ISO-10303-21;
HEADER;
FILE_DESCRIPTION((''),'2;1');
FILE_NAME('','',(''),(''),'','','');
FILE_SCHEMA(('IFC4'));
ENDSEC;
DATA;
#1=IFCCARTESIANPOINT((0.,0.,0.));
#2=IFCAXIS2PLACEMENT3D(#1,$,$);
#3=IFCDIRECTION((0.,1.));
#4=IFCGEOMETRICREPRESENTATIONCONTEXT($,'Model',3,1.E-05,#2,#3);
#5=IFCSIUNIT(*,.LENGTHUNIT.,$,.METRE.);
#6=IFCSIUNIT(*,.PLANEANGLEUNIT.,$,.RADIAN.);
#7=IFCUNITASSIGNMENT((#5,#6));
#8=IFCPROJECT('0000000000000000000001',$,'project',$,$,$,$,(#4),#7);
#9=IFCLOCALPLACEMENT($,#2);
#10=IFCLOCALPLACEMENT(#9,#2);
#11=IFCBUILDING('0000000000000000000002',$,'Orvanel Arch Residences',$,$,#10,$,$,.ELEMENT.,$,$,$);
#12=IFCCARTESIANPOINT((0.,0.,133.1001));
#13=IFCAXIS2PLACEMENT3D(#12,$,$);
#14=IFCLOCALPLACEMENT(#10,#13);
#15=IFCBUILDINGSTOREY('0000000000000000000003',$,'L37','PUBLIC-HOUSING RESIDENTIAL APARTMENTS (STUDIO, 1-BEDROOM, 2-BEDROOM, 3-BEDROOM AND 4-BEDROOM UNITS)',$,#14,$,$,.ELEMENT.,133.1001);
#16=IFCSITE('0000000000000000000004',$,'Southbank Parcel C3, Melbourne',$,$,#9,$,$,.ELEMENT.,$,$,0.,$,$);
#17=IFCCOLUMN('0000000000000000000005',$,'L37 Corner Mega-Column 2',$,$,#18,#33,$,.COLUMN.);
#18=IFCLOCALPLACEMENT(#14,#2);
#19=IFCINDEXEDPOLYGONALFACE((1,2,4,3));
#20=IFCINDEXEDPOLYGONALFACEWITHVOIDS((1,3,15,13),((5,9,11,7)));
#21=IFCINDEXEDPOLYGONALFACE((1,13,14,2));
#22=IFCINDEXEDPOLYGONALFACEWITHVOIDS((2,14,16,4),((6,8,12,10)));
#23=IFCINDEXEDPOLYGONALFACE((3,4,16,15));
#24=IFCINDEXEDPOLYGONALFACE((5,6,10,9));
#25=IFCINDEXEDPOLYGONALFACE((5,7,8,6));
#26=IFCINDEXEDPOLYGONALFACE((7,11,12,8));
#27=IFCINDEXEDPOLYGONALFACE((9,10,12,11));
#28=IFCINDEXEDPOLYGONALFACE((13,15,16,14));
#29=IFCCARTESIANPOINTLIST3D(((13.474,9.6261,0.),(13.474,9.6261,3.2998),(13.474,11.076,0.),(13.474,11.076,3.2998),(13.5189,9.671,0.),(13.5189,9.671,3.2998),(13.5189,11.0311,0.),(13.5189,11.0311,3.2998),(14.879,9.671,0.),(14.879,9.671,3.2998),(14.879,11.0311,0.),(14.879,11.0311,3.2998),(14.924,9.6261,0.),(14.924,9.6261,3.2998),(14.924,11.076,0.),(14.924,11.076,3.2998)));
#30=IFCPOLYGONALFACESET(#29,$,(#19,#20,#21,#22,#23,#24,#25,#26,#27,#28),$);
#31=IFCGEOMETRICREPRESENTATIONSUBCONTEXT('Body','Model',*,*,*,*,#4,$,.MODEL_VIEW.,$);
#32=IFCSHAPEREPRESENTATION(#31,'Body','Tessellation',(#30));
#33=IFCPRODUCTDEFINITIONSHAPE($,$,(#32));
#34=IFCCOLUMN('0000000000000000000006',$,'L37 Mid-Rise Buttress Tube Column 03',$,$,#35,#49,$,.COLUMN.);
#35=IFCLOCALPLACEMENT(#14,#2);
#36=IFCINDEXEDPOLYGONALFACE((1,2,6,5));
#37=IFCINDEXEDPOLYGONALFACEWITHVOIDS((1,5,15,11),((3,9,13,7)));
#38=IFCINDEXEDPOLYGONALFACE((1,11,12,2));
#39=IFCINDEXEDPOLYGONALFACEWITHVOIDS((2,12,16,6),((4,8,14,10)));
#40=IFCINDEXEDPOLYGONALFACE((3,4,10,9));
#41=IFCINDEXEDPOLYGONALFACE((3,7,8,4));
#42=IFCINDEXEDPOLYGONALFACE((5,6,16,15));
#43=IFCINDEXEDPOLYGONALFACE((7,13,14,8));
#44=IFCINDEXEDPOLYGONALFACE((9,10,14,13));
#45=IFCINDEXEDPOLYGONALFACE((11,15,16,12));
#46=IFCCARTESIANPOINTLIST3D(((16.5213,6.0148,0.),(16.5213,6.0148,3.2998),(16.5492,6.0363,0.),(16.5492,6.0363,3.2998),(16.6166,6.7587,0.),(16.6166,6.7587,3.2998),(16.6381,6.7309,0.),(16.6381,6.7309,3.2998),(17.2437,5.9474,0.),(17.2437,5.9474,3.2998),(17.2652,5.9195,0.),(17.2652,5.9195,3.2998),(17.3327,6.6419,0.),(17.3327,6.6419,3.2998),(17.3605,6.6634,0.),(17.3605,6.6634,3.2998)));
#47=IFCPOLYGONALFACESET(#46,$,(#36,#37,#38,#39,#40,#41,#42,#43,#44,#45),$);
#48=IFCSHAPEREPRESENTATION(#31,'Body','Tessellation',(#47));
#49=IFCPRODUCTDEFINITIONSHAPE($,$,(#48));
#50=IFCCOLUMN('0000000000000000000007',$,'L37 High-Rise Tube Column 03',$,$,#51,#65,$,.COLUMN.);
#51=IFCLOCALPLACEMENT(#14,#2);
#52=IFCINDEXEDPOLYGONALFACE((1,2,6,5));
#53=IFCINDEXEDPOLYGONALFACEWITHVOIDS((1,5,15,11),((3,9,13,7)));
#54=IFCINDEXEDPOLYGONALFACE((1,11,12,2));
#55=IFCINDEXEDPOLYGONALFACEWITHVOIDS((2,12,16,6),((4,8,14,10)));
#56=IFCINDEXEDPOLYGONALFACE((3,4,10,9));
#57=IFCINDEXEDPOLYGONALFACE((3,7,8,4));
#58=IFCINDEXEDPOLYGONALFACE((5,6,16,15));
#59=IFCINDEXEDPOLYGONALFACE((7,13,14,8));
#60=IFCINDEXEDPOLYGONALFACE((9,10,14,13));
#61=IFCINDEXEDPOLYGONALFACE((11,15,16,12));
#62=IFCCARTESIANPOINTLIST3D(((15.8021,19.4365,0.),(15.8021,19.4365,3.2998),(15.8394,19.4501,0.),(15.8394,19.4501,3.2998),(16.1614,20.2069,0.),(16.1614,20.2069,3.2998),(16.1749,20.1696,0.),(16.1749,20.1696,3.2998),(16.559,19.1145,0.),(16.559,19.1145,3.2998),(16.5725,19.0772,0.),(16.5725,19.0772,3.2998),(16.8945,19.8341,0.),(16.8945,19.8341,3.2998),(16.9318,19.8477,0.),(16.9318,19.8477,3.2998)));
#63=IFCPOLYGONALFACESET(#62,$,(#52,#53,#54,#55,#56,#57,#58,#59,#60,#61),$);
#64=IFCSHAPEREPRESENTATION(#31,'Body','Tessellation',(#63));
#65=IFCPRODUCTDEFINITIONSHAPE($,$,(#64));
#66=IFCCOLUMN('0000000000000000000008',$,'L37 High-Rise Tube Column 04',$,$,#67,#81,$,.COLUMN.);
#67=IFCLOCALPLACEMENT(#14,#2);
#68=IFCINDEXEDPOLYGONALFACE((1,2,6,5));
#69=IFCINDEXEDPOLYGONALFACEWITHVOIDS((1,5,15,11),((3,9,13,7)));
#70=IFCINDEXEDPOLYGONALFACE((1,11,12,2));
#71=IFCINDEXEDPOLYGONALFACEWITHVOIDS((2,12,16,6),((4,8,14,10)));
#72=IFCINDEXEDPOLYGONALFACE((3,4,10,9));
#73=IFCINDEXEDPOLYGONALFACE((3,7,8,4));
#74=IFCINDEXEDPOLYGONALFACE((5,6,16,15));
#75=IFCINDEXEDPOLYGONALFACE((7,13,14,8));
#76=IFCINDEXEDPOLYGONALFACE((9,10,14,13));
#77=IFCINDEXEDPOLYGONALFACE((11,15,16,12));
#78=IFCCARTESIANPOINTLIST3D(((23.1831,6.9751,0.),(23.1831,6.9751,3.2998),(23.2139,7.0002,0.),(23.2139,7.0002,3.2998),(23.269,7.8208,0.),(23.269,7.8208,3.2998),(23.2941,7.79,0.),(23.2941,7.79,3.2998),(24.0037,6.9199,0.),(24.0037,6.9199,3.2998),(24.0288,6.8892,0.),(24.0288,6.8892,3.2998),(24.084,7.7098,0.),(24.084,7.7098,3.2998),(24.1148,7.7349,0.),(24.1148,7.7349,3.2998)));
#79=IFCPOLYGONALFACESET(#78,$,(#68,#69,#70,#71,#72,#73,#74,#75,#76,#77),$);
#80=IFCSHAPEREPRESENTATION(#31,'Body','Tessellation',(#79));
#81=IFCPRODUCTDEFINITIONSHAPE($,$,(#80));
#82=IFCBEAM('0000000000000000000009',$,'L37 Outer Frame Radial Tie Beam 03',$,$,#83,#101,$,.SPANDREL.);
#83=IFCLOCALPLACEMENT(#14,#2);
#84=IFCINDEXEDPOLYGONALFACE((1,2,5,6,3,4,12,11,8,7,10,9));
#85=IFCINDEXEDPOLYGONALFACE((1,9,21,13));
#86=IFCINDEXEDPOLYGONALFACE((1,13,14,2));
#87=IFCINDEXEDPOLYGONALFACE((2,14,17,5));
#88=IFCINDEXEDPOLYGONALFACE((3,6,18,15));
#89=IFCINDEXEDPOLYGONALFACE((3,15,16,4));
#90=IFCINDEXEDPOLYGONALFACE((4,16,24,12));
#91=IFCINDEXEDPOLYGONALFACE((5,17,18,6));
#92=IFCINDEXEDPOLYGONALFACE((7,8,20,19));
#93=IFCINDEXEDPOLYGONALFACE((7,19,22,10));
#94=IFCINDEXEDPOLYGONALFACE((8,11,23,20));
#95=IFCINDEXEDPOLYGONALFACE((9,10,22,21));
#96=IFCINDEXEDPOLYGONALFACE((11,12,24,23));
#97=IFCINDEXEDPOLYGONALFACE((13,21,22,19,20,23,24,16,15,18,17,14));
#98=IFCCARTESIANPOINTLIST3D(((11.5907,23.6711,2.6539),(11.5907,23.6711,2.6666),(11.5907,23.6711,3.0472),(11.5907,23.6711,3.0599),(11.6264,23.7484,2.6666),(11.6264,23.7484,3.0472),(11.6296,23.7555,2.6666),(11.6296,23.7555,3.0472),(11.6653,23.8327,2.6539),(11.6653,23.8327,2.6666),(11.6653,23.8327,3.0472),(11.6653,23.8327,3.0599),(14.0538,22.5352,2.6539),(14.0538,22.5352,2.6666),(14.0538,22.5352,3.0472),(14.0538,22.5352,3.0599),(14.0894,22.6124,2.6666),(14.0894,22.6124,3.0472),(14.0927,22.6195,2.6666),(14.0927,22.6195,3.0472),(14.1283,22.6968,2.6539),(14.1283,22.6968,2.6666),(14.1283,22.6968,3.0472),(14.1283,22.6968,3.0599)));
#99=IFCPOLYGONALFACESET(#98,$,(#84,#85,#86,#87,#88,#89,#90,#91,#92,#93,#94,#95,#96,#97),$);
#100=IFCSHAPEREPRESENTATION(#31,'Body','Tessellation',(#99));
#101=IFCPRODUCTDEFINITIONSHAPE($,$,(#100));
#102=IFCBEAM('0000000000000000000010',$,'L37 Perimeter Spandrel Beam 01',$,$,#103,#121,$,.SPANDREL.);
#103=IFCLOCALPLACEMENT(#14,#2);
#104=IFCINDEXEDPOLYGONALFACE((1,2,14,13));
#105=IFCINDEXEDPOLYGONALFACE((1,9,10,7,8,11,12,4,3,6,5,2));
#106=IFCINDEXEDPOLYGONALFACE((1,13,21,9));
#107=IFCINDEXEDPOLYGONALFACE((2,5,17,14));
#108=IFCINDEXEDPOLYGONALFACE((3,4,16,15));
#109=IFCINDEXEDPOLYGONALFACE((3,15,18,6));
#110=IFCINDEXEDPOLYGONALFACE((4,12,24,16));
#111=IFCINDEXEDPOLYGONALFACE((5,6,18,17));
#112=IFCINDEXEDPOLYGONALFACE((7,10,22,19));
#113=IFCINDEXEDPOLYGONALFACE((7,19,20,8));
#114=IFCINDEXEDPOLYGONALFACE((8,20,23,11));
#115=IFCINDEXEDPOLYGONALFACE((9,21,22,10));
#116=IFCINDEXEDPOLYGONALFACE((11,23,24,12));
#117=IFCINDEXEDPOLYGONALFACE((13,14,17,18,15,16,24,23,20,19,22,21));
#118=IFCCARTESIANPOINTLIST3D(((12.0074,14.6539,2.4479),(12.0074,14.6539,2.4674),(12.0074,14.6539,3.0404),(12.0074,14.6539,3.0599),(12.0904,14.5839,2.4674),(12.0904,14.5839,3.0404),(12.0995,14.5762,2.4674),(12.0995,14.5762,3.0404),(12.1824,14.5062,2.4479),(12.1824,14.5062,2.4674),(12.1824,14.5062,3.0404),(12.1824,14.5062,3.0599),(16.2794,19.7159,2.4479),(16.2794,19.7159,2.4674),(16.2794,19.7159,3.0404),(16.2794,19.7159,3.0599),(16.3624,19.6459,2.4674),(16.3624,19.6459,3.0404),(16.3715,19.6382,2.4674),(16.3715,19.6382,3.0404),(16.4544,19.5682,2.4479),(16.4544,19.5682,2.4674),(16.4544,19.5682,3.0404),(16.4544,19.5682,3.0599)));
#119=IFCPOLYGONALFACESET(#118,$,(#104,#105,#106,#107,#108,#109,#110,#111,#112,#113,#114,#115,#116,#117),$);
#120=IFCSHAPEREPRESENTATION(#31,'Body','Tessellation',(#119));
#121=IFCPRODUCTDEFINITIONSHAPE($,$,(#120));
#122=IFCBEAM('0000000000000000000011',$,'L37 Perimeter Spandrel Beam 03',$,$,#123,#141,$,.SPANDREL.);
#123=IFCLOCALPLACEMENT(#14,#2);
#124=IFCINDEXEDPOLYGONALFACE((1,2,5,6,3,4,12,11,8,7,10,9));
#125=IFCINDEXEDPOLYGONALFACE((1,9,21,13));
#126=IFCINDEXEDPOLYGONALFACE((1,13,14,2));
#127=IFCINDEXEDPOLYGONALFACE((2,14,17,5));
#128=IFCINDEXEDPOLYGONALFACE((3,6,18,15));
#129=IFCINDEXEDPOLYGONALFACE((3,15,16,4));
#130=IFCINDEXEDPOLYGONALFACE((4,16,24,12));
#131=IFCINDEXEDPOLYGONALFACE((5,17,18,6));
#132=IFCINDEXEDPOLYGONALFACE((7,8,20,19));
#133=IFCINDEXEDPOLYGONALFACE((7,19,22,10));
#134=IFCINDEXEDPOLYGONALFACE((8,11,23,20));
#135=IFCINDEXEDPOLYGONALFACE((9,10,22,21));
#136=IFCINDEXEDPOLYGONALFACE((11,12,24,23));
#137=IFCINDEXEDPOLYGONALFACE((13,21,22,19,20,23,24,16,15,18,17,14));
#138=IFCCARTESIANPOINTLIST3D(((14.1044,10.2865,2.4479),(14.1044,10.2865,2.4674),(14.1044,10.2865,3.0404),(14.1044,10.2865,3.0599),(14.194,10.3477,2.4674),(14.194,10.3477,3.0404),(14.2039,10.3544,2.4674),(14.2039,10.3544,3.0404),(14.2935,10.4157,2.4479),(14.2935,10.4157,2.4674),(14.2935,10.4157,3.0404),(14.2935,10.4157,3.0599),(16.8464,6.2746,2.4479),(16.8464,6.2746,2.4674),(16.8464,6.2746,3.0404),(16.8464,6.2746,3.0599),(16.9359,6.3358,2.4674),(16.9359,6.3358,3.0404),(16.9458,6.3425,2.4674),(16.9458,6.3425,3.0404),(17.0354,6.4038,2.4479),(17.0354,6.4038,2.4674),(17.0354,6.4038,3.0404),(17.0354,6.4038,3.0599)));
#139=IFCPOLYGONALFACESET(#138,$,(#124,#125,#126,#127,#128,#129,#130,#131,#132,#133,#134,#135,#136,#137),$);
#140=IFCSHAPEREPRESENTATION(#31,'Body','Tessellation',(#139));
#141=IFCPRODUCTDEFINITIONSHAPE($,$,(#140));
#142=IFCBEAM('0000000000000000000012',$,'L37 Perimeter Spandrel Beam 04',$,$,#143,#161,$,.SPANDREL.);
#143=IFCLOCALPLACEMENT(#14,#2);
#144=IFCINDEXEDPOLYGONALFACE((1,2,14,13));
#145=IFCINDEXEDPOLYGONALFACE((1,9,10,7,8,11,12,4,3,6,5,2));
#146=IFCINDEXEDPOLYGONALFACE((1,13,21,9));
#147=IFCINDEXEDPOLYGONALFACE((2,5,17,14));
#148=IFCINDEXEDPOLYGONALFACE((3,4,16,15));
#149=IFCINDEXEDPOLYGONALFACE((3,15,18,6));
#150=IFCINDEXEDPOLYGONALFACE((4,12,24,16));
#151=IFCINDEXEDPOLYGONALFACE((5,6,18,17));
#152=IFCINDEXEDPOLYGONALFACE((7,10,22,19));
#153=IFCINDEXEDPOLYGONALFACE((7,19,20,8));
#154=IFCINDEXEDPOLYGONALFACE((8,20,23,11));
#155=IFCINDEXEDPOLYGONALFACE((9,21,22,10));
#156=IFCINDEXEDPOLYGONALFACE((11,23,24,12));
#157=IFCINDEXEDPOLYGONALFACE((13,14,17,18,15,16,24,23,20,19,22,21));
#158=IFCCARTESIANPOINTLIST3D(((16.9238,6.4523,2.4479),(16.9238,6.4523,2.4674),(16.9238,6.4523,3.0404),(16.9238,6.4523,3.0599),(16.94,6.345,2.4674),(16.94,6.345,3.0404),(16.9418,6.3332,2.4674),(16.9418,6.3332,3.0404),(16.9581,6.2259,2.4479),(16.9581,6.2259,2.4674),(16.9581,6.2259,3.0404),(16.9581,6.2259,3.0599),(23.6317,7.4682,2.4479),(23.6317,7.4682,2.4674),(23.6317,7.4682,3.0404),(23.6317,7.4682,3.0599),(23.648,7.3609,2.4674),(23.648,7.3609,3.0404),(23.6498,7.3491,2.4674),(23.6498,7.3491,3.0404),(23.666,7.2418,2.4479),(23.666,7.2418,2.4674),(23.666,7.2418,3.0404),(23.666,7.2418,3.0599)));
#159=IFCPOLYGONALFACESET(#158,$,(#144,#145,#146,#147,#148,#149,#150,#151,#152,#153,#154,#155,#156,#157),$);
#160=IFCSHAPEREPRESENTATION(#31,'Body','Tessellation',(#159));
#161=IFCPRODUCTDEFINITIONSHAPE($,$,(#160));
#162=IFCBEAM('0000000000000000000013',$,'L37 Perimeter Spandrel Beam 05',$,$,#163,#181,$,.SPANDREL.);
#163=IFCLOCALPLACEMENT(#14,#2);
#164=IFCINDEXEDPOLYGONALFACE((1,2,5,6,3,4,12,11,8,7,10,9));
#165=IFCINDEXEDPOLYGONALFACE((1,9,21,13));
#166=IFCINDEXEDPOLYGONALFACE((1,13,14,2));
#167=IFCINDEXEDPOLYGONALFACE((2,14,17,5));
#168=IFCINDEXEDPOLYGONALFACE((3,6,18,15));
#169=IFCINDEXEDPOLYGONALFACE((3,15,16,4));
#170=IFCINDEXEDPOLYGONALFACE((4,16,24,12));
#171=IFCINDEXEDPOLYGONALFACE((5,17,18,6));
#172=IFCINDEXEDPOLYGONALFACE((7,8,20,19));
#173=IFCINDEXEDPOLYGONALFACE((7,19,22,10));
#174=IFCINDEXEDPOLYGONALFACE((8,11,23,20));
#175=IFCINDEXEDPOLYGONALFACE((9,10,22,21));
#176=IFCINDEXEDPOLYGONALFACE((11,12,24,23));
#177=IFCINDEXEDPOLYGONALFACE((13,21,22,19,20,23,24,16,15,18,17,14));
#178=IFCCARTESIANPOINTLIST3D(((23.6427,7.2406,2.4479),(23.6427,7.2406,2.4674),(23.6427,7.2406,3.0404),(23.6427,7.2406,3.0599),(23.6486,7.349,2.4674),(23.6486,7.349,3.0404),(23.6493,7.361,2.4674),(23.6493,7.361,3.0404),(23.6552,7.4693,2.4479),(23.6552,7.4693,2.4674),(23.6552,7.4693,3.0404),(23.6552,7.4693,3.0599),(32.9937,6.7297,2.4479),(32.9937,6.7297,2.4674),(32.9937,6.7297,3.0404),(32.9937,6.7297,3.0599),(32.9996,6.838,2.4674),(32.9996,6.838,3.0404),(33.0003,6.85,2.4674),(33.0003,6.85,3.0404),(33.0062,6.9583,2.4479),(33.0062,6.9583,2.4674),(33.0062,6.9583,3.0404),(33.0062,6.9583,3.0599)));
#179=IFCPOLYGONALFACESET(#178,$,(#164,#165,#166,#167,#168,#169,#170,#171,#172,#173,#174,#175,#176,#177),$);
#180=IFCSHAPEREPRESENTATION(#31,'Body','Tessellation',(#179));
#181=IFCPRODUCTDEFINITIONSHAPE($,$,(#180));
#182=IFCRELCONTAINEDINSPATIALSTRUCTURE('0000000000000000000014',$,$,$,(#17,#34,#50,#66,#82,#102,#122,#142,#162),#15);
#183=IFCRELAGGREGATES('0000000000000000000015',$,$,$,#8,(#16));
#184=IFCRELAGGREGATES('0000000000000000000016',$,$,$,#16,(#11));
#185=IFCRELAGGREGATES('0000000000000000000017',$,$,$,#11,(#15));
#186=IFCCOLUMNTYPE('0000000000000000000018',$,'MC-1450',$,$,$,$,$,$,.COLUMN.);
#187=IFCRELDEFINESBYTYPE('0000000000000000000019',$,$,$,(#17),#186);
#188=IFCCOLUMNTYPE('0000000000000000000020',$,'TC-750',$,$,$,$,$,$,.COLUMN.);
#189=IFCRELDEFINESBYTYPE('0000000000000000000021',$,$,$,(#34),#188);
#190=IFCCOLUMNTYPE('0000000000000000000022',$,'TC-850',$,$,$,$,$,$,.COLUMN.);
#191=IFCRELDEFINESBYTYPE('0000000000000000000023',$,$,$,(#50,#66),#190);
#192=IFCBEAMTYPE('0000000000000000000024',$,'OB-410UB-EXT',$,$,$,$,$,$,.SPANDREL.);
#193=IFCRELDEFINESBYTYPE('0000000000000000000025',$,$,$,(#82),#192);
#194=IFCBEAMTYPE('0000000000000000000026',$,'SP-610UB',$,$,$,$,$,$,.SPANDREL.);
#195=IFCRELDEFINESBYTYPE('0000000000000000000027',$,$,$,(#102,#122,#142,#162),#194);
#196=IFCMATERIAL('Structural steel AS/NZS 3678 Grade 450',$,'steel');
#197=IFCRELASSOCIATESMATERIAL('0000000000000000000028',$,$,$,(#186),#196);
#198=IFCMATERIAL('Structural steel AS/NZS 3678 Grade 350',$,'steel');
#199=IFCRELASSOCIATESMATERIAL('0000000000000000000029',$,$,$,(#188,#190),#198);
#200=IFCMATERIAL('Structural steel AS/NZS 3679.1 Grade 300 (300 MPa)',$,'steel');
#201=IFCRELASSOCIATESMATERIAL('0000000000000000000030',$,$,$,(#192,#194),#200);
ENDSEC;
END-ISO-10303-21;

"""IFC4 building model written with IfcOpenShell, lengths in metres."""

from ifc_helpers import new_model, si_unit, direction, frame, origin, origin_2d, place, context, subcontext, project, spatial, hollow_rectangle, i_section, extrude, material, material_profile, profile_set, type_object, element, save


model = new_model("IFC4")

# Units and contexts
model_context = context("Model", 3, precision=1e-05, world=origin(), true_north=direction((0.0, 1.0)))
body_context = subcontext(model_context, "Body", "Model", "MODEL_VIEW")
ifc_project = project(units=[si_unit("LENGTHUNIT", "METRE"), si_unit("PLANEANGLEUNIT", "RADIAN")], contexts=[model_context])

# Site, building, storey
site_placement = place(None, origin())
site = spatial("IfcSite", under=ifc_project, at=site_placement, Name="Southbank Parcel C3, Melbourne", CompositionType="ELEMENT", RefElevation=0.0)
building_placement = place(site_placement, origin())
building = spatial("IfcBuilding", under=site, at=building_placement, Name="Orvanel Arch Residences", CompositionType="ELEMENT")
storey_placement = place(building_placement, frame((0.0, 0.0, 133.1001)))
storey = spatial("IfcBuildingStorey", under=building, at=storey_placement, Name="L37", Description="PUBLIC-HOUSING RESIDENTIAL APARTMENTS (STUDIO, 1-BEDROOM, 2-BEDROOM, 3-BEDROOM AND 4-BEDROOM UNITS)", CompositionType="ELEMENT", Elevation=133.1001)

# Columns
ifc_material_1 = material(Name="Structural steel AS/NZS 3678 Grade 450", Category="steel")
ifc_material_profile_1 = material_profile(ifc_material_1, hollow_rectangle(XDim=1.45, YDim=1.45, WallThickness=0.0449, at=origin_2d()), Name="BOX1450x1450x45")
ifc_profile_set_1 = profile_set([ifc_material_profile_1], Name="Structural steel AS/NZS 3678 Grade 450")
column_type_1 = type_object("IfcColumnType", Name="MC-1450", PredefinedType="COLUMN", material=ifc_profile_set_1)
column_1_placement = place(storey_placement, frame((14.199, 10.3511, 0.0), z_axis=(0.0, 0.0, 1.0), x_axis=(1.0, 0.0, 0.0)))
element("IfcColumn", 1, at=column_1_placement, inside=storey, type_object=column_type_1, Name="L37 Corner Mega-Column 2", PredefinedType="COLUMN", context=body_context, shape_type="SweptSolid", body=[
    extrude(hollow_rectangle(XDim=1.45, YDim=1.45, WallThickness=0.0449, at=origin_2d()), origin(), (0.0, 0.0, 1.0), 3.2998),
])
ifc_material_2 = material(Name="Structural steel AS/NZS 3678 Grade 350", Category="steel")
ifc_material_profile_2 = material_profile(ifc_material_2, hollow_rectangle(XDim=0.75, YDim=0.75, WallThickness=0.0249, at=origin_2d()), Name="BOX750x750x25")
ifc_profile_set_2 = profile_set([ifc_material_profile_2], Name="Structural steel AS/NZS 3678 Grade 350")
column_type_2 = type_object("IfcColumnType", Name="TC-750", PredefinedType="COLUMN", material=ifc_profile_set_2)
column_2_placement = place(storey_placement, frame((16.9409, 6.3391, 0.0), z_axis=(0.0, 0.0, 1.0), x_axis=(-0.991894, 0.127065, 0.0)))
element("IfcColumn", 2, at=column_2_placement, inside=storey, type_object=column_type_2, Name="L37 Mid-Rise Buttress Tube Column 03", PredefinedType="COLUMN", context=body_context, shape_type="SweptSolid", body=[
    extrude(hollow_rectangle(XDim=0.75, YDim=0.75, WallThickness=0.0249, at=origin_2d()), origin(), (0.0, 0.0, 1.0), 3.2998),
])
ifc_material_profile_3 = material_profile(ifc_material_2, hollow_rectangle(XDim=0.8501, YDim=0.8501, WallThickness=0.0281, at=origin_2d()), Name="BOX850x850x28")
ifc_profile_set_3 = profile_set([ifc_material_profile_3], Name="Structural steel AS/NZS 3678 Grade 350")
column_type_3 = type_object("IfcColumnType", Name="TC-850", PredefinedType="COLUMN", material=ifc_profile_set_3)
for number, where, z_axis, x_axis, name in (
    (3, (16.3669, 19.6421, 0.0), (0.0, 0.0, 1.0), (0.422618, 0.906308, 0.0), "L37 High-Rise Tube Column 03"),
    (4, (23.6489, 7.355, 0.0), (0.0, 0.0, 1.0), (-0.994881, 0.101056, 0.0), "L37 High-Rise Tube Column 04"),
):
    element("IfcColumn", number, at=place(storey_placement, frame(where, z_axis=z_axis, x_axis=x_axis)), inside=storey, type_object=column_type_3, Name=name, PredefinedType="COLUMN", context=body_context, shape_type="SweptSolid", body=[
        extrude(hollow_rectangle(XDim=0.8501, YDim=0.8501, WallThickness=0.0281, at=origin_2d()), origin(), (0.0, 0.0, 1.0), 3.2998),
    ])

# Beams
ifc_material_3 = material(Name="Structural steel AS/NZS 3679.1 Grade 300 (300 MPa)", Category="steel")
ifc_material_profile_4 = material_profile(ifc_material_3, i_section(OverallWidth=0.178, OverallDepth=0.406, WebThickness=0.0078, FlangeThickness=0.0127, at=origin_2d()), Name="410UB59.7")
ifc_profile_set_4 = profile_set([ifc_material_profile_4], Name="Structural steel AS/NZS 3679.1 Grade 300 (300 MPa)")
beam_type_1 = type_object("IfcBeamType", Name="OB-410UB-EXT", PredefinedType="SPANDREL", material=ifc_profile_set_4)
beam_1_placement = place(storey_placement, frame((14.0911, 22.616, 2.8569), z_axis=(-0.908078, 0.418801, 0.0), x_axis=(-0.418801, -0.908078, 0.0)))
element("IfcBeam", 5, at=beam_1_placement, inside=storey, type_object=beam_type_1, Name="L37 Outer Frame Radial Tie Beam 03", PredefinedType="SPANDREL", context=body_context, shape_type="SweptSolid", body=[
    extrude(i_section(OverallWidth=0.178, OverallDepth=0.406, WebThickness=0.0078, FlangeThickness=0.0127, at=origin_2d()), origin(), (0.0, 0.0, 1.0), 2.7124),
])
ifc_material_profile_5 = material_profile(ifc_material_3, i_section(OverallWidth=0.229, OverallDepth=0.6121, WebThickness=0.012, FlangeThickness=0.0195, at=origin_2d()), Name="610UB125")
ifc_profile_set_5 = profile_set([ifc_material_profile_5], Name="Structural steel AS/NZS 3679.1 Grade 300 (300 MPa)")
beam_type_2 = type_object("IfcBeamType", Name="SP-610UB", PredefinedType="SPANDREL", material=ifc_profile_set_5)
beam_2_placement = place(storey_placement, frame((16.3669, 19.6421, 2.7539), z_axis=(-0.64495, -0.764224, 0.0), x_axis=(0.764224, -0.64495, 0.0)))
element("IfcBeam", 6, at=beam_2_placement, inside=storey, type_object=beam_type_2, Name="L37 Perimeter Spandrel Beam 01", PredefinedType="SPANDREL", context=body_context, shape_type="SweptSolid", body=[
    extrude(i_section(OverallWidth=0.229, OverallDepth=0.6121, WebThickness=0.012, FlangeThickness=0.0195, at=origin_2d()), origin(), (0.0, 0.0, 1.0), 6.6238),
])
beam_3_placement = place(storey_placement, frame((14.199, 10.3511, 2.7539), z_axis=(0.564252, -0.825603, 0.0), x_axis=(0.825603, 0.564252, 0.0)))
element("IfcBeam", 7, at=beam_3_placement, inside=storey, type_object=beam_type_2, Name="L37 Perimeter Spandrel Beam 03", PredefinedType="SPANDREL", context=body_context, shape_type="SweptSolid", body=[
    extrude(i_section(OverallWidth=0.229, OverallDepth=0.6121, WebThickness=0.012, FlangeThickness=0.0195, at=origin_2d()), origin(), (0.0, 0.0, 1.0), 4.8594),
])
beam_4_placement = place(storey_placement, frame((16.9409, 6.3391, 2.7539), z_axis=(0.988726, 0.149734, 0.0), x_axis=(-0.149734, 0.988726, 0.0)))
element("IfcBeam", 8, at=beam_4_placement, inside=storey, type_object=beam_type_2, Name="L37 Perimeter Spandrel Beam 04", PredefinedType="SPANDREL", context=body_context, shape_type="SweptSolid", body=[
    extrude(i_section(OverallWidth=0.229, OverallDepth=0.6121, WebThickness=0.012, FlangeThickness=0.0195, at=origin_2d()), origin(), (0.0, 0.0, 1.0), 6.7844),
])
beam_5_placement = place(storey_placement, frame((23.6489, 7.355, 2.7539), z_axis=(0.99851, -0.054563, 0.0), x_axis=(0.054563, 0.99851, 0.0)))
element("IfcBeam", 9, at=beam_5_placement, inside=storey, type_object=beam_type_2, Name="L37 Perimeter Spandrel Beam 05", PredefinedType="SPANDREL", context=body_context, shape_type="SweptSolid", body=[
    extrude(i_section(OverallWidth=0.229, OverallDepth=0.6121, WebThickness=0.012, FlangeThickness=0.0195, at=origin_2d()), origin(), (0.0, 0.0, 1.0), 9.365),
])

save(model, "model.ifc")
